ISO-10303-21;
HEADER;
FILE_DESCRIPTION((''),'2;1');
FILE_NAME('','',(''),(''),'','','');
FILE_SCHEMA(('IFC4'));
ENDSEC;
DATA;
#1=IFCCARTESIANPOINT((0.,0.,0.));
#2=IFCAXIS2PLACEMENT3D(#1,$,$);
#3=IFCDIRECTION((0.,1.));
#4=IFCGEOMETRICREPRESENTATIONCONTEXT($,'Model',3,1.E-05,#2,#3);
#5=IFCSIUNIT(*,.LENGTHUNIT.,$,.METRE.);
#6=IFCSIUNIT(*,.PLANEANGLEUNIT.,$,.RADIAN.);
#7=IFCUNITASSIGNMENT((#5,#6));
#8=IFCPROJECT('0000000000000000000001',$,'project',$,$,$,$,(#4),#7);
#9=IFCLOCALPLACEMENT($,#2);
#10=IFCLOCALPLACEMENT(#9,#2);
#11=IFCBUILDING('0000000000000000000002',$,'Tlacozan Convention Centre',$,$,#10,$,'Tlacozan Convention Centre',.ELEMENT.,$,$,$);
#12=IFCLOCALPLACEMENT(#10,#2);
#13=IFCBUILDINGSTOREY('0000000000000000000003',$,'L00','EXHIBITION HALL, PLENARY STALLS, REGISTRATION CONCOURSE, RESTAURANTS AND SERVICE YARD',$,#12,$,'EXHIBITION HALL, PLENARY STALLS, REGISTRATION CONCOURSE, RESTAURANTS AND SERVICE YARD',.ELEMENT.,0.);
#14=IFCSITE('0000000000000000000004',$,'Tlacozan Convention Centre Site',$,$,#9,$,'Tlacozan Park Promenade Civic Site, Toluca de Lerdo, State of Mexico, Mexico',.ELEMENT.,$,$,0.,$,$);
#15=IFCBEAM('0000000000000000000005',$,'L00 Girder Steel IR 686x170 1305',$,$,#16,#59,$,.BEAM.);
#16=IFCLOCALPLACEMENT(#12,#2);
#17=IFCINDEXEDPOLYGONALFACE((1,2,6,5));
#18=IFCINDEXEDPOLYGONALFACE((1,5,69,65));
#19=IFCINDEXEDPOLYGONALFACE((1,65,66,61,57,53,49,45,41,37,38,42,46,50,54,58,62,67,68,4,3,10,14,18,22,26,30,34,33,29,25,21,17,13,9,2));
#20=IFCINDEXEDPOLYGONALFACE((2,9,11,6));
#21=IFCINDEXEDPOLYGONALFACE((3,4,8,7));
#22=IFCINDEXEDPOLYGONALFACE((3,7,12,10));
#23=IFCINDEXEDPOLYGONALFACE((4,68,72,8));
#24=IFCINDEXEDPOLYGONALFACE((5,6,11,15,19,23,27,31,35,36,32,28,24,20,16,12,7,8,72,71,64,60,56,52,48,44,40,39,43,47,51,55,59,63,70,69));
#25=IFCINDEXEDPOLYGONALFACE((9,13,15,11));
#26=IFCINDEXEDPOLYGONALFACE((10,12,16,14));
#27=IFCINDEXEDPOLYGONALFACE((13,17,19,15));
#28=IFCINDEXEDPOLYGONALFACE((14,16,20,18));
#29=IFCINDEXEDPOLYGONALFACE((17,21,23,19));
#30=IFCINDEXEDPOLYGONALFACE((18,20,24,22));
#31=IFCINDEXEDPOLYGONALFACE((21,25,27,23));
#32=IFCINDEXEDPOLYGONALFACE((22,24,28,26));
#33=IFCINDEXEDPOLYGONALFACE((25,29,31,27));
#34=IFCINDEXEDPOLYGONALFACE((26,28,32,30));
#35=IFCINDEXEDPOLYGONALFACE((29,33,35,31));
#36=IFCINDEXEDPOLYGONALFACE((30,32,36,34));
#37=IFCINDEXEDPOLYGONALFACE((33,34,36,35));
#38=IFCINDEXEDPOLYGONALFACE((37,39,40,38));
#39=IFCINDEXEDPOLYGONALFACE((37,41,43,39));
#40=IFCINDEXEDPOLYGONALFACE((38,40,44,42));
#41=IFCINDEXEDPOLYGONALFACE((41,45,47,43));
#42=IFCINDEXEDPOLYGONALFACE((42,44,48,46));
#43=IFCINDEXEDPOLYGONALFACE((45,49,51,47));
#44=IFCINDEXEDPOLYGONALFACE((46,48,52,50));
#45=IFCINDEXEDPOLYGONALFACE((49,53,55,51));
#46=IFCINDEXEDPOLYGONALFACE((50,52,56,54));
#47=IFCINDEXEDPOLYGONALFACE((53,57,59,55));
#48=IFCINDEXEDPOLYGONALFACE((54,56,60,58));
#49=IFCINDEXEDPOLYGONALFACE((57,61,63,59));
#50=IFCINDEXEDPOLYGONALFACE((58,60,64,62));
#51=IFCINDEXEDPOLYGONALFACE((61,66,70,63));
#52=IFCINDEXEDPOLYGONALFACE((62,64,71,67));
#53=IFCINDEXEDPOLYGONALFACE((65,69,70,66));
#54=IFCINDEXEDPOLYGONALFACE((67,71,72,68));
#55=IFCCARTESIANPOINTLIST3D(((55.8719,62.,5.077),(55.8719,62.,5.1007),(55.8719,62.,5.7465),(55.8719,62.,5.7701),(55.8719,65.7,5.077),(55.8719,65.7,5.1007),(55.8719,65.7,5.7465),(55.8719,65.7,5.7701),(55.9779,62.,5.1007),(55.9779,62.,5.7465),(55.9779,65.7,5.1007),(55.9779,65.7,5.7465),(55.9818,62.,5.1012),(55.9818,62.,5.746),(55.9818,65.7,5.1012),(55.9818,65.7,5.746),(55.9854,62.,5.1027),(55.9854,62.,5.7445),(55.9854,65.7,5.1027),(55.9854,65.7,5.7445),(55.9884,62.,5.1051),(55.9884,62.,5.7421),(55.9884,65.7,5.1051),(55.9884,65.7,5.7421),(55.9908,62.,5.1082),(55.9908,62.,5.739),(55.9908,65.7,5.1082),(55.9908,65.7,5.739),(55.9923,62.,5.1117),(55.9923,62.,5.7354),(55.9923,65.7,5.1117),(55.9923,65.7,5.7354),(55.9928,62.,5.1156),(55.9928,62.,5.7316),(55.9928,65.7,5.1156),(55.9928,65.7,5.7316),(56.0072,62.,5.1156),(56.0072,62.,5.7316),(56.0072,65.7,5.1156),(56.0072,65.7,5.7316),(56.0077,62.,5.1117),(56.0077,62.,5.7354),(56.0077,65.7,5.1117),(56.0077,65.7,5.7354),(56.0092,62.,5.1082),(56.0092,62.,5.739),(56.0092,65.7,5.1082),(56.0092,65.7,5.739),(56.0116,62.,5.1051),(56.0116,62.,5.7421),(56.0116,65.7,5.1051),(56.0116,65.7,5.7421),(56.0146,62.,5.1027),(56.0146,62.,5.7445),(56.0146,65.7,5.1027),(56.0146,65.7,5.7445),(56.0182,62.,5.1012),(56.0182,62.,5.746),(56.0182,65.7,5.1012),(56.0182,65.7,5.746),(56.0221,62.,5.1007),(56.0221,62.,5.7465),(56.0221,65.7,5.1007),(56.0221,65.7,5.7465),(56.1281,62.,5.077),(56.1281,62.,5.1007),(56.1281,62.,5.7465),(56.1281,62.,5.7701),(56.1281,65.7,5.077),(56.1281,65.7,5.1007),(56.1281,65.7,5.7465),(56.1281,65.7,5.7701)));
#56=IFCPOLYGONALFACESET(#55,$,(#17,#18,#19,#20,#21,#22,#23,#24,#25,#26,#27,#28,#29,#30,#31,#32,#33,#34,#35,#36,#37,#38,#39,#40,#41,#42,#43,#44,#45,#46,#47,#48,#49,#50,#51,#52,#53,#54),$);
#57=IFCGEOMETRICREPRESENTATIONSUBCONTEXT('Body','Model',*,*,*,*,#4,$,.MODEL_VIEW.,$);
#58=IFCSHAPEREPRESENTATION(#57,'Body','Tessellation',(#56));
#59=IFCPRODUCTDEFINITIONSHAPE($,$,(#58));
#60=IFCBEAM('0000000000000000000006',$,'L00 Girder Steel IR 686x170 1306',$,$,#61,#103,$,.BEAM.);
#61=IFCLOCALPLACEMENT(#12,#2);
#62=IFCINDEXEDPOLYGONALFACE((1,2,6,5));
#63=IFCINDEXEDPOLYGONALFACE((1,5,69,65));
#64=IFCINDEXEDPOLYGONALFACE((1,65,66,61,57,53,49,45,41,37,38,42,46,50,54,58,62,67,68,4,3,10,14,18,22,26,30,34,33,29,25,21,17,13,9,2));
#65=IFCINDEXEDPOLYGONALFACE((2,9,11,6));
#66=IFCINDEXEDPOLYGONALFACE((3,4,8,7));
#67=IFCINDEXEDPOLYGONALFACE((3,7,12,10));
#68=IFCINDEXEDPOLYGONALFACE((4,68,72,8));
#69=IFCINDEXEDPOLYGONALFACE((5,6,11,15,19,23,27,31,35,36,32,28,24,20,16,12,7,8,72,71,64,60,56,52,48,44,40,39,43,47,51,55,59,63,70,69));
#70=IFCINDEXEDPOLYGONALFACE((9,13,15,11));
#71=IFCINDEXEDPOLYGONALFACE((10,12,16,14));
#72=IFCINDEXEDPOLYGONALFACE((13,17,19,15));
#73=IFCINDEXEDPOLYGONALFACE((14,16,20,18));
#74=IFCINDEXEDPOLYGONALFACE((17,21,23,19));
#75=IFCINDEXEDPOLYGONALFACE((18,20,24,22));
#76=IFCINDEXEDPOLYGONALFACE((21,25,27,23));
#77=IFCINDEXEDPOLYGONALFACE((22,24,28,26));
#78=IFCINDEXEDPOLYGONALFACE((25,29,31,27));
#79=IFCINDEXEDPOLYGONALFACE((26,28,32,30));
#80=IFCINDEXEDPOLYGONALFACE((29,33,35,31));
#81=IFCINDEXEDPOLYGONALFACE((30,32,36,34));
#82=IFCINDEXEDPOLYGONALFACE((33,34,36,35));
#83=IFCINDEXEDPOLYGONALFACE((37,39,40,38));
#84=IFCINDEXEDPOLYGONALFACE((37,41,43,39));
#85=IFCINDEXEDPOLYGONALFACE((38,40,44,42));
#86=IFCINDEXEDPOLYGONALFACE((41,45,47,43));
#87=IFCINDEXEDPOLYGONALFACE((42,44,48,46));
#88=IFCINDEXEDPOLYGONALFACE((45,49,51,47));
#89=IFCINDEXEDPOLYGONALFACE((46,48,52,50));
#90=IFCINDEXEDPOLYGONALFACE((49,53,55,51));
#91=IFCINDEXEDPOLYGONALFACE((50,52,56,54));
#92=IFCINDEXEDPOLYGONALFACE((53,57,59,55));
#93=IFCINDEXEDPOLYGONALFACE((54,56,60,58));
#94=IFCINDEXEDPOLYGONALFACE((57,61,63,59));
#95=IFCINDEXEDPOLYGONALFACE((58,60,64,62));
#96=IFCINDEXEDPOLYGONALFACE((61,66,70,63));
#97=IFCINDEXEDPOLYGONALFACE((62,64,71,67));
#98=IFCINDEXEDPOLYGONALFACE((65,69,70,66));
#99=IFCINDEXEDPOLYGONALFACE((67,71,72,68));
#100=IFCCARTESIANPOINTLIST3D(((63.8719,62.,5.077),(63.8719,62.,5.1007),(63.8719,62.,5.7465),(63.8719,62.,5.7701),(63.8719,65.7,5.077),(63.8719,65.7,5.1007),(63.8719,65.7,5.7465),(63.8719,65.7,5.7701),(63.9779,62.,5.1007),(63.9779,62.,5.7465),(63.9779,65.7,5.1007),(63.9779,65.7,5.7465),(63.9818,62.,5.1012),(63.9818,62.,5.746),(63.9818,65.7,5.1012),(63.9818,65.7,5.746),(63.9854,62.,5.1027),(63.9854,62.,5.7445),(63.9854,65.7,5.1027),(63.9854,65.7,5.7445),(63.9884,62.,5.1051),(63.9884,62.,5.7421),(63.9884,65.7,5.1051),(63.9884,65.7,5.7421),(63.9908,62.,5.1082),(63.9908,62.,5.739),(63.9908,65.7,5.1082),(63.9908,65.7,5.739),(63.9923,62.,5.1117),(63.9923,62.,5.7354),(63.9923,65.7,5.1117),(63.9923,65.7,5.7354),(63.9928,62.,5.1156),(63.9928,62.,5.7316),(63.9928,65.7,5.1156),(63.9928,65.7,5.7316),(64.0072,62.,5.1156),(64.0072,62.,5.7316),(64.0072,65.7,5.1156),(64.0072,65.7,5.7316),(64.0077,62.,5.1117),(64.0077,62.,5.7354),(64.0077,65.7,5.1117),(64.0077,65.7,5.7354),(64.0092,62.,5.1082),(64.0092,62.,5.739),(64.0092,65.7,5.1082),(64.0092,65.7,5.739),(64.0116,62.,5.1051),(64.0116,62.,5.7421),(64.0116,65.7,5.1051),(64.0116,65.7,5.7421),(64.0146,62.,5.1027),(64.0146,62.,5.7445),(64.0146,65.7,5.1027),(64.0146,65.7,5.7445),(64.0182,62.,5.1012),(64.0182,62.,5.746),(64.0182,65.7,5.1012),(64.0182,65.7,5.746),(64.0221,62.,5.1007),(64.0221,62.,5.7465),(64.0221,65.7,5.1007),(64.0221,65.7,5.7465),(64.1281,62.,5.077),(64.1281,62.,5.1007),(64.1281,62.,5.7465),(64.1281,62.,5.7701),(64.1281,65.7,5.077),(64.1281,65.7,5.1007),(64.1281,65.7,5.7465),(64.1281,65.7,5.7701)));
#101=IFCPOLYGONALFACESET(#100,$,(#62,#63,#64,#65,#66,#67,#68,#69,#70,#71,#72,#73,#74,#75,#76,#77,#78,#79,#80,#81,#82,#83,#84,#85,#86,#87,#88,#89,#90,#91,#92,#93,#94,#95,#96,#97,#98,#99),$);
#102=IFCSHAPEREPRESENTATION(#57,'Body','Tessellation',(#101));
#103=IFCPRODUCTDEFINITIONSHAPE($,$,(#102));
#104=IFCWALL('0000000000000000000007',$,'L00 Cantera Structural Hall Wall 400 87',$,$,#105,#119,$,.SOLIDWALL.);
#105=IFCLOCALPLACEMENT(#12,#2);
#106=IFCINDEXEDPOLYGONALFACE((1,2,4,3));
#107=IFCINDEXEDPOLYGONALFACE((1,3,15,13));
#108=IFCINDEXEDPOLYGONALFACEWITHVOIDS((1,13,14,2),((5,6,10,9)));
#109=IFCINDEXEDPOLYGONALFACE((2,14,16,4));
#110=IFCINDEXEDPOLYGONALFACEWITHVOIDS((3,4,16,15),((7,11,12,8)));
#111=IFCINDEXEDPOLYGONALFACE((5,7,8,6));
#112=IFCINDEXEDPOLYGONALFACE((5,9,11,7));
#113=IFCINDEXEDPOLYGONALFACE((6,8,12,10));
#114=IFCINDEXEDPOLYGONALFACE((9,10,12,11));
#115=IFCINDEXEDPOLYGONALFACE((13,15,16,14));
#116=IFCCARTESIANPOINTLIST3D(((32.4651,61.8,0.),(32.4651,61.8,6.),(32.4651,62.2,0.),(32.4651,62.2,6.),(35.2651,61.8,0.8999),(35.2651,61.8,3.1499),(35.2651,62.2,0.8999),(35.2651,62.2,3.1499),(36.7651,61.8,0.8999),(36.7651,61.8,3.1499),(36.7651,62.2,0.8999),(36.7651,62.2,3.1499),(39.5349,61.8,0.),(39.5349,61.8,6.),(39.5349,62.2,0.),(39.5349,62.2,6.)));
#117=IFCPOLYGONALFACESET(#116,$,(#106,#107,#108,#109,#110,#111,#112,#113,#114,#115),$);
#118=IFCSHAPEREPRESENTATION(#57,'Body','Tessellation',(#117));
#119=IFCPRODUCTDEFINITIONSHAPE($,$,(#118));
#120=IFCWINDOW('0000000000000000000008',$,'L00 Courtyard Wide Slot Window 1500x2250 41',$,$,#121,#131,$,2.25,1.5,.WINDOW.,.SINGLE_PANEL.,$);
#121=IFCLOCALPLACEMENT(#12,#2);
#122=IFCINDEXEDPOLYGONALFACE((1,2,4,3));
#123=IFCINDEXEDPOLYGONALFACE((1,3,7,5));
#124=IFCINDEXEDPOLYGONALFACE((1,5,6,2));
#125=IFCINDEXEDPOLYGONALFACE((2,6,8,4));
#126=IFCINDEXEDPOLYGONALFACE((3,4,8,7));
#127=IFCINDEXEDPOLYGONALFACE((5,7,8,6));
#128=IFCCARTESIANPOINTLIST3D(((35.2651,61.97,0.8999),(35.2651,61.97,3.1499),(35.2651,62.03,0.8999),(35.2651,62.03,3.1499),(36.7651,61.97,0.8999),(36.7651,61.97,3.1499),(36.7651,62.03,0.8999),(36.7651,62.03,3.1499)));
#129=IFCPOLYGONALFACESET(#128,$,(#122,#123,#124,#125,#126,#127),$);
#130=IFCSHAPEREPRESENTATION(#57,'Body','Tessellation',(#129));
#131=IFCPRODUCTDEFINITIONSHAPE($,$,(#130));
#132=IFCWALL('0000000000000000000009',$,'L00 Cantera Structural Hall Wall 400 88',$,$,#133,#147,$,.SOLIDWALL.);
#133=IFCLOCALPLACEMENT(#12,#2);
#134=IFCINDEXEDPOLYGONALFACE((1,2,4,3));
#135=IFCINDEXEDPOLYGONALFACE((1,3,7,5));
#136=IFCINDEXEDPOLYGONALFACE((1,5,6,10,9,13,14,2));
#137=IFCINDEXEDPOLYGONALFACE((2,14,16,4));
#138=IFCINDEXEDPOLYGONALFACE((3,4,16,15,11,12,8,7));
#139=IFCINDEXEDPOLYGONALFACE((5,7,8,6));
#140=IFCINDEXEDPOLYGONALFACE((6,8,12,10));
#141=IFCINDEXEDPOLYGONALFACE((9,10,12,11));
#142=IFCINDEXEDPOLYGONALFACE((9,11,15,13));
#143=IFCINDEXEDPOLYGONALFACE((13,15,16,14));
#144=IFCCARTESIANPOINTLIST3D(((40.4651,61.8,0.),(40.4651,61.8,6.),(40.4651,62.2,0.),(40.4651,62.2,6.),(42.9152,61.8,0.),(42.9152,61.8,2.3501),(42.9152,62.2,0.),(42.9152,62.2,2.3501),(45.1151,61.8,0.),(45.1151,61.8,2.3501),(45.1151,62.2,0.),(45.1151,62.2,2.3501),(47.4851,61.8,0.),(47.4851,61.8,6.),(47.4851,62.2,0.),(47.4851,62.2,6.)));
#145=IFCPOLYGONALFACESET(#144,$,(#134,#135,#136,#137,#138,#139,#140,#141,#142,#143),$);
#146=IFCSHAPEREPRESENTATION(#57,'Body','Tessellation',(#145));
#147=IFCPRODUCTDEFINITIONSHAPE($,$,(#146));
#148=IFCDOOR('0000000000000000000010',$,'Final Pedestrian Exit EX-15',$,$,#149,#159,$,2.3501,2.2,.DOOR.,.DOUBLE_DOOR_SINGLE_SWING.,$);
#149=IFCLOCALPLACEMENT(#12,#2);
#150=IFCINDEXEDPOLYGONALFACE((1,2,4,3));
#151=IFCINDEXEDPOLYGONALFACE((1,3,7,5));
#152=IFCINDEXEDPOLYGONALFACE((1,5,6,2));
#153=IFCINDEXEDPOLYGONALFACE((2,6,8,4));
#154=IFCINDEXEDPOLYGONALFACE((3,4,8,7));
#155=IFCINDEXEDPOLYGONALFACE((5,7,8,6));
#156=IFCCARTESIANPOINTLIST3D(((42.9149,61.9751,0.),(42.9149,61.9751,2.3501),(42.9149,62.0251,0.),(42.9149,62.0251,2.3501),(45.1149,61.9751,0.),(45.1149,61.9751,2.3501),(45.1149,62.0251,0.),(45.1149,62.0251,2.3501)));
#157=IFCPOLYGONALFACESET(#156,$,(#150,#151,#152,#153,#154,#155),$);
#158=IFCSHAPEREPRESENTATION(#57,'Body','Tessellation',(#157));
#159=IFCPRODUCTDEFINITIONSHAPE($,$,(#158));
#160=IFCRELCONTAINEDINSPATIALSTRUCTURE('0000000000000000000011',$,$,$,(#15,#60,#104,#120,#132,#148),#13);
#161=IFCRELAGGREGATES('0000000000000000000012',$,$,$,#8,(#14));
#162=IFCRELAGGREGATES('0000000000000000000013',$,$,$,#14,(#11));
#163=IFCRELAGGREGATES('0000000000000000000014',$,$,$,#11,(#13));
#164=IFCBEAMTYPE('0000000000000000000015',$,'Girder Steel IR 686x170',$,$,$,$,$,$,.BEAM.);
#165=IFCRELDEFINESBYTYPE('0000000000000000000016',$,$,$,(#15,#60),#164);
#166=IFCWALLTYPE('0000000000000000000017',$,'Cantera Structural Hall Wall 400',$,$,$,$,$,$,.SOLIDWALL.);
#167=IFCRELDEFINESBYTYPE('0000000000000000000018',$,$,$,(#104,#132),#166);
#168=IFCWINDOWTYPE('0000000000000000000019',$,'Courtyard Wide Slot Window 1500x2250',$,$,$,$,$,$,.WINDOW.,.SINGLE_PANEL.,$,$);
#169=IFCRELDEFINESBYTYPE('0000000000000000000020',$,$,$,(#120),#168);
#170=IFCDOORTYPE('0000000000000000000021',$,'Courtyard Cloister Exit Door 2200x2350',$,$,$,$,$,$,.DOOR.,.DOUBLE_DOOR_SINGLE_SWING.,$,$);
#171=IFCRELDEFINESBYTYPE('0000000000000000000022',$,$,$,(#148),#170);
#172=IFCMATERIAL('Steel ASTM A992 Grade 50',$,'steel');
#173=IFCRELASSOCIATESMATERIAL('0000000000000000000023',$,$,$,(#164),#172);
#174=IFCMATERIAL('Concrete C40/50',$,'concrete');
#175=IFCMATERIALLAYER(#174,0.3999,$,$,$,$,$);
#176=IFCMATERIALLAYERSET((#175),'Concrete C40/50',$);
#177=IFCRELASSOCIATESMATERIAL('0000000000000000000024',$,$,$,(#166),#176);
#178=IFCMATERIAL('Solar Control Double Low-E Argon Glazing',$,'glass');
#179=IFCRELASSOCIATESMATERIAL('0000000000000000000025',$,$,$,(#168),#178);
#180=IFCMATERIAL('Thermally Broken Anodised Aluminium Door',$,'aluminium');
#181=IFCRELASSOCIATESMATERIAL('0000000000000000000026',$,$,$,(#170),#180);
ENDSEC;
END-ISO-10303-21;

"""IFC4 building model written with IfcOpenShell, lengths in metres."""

from ifc_helpers import new_model, si_unit, direction, frame, frame_2d, origin, origin_2d, place, context, subcontext, project, spatial, rectangle, i_section, extrude, material, layer, layer_set, material_profile, profile_set, type_object, element, fill, save


model = new_model("IFC4")

# Units and contexts
model_context = context("Model", 3, precision=1e-05, world=origin(), true_north=direction((0.0, 1.0)))
body_context = subcontext(model_context, "Body", "Model", "MODEL_VIEW")
ifc_project = project(units=[si_unit("LENGTHUNIT", "METRE"), si_unit("PLANEANGLEUNIT", "RADIAN")], contexts=[model_context])

# Site, building, storey
site_placement = place(None, origin())
site = spatial("IfcSite", under=ifc_project, at=site_placement, Name="Tlacozan Convention Centre Site", LongName="Tlacozan Park Promenade Civic Site, Toluca de Lerdo, State of Mexico, Mexico", CompositionType="ELEMENT", RefElevation=0.0)
building_placement = place(site_placement, origin())
building = spatial("IfcBuilding", under=site, at=building_placement, Name="Tlacozan Convention Centre", LongName="Tlacozan Convention Centre", CompositionType="ELEMENT")
storey_placement = place(building_placement, origin())
storey = spatial("IfcBuildingStorey", under=building, at=storey_placement, Name="L00", Description="EXHIBITION HALL, PLENARY STALLS, REGISTRATION CONCOURSE, RESTAURANTS AND SERVICE YARD", LongName="EXHIBITION HALL, PLENARY STALLS, REGISTRATION CONCOURSE, RESTAURANTS AND SERVICE YARD", CompositionType="ELEMENT", Elevation=0.0)

# Shared definitions
ifc_material_1 = material(Name="Concrete C40/50", Category="concrete")
ifc_material_2 = material(Name="Steel ASTM A992 Grade 50", Category="steel")

# Beams
ifc_material_profile_1 = material_profile(ifc_material_2, i_section(OverallWidth=0.2561, OverallDepth=0.6931, WebThickness=0.0144, FlangeThickness=0.0237, FilletRadius=0.0149, at=origin_2d()), Name="IR 686x170.0")
ifc_profile_set_1 = profile_set([ifc_material_profile_1], Name="Steel ASTM A992 Grade 50")
beam_type_1 = type_object("IfcBeamType", Name="Girder Steel IR 686x170", PredefinedType="BEAM", material=ifc_profile_set_1)
for number, where, z_axis, x_axis, name in (
    (1, (56.0, 62.0, 5.4236), (0.0, 1.0, 0.0), (-1.0, 0.0, 0.0), "L00 Girder Steel IR 686x170 1305"),
    (2, (64.0, 62.0, 5.4236), (0.0, 1.0, 0.0), (-1.0, 0.0, 0.0), "L00 Girder Steel IR 686x170 1306"),
):
    element("IfcBeam", number, at=place(storey_placement, frame(where, z_axis=z_axis, x_axis=x_axis)), inside=storey, type_object=beam_type_1, Name=name, PredefinedType="BEAM", context=body_context, shape_type="SweptSolid", body=[
        extrude(i_section(OverallWidth=0.2561, OverallDepth=0.6931, WebThickness=0.0144, FlangeThickness=0.0237, FilletRadius=0.0149, at=origin_2d()), origin(), (0.0, 0.0, 1.0), 3.7),
    ])

# Wall, opening, window
ifc_layer_1 = layer(ifc_material_1, 0.3999)
ifc_layer_set_1 = layer_set([ifc_layer_1], Name="Concrete C40/50")
wall_type_1 = type_object("IfcWallType", Name="Cantera Structural Hall Wall 400", PredefinedType="SOLIDWALL", material=ifc_layer_set_1)
wall_1_placement = place(storey_placement, frame((32.4651, 62.0, 0.0), z_axis=(0.0, 0.0, 1.0), x_axis=(1.0, 0.0, 0.0)))
wall_1 = element("IfcWall", 3, at=wall_1_placement, inside=storey, type_object=wall_type_1, Name="L00 Cantera Structural Hall Wall 400 87", PredefinedType="SOLIDWALL", context=body_context, shape_type="SweptSolid", body=[
    extrude(rectangle(XDim=7.0698, YDim=0.3999, at=frame_2d((3.5349, 0.0))), origin(), (0.0, 0.0, 1.0), 6.0),
])
opening_1_placement = place(wall_1_placement, frame((2.8, 0.0, 0.8999)))
opening_1 = element("IfcOpeningElement", 4, at=opening_1_placement, cuts=wall_1, PredefinedType="OPENING", context=body_context, shape_type="SweptSolid", body=[
    extrude(rectangle(XDim=1.5, YDim=2.25, at=frame_2d((0.75, 1.125))), frame((0.0, 0.21, 0.0), z_axis=(0.0, -1.0, 0.0), x_axis=(1.0, 0.0, 0.0)), (0.0, 0.0, 1.0), 0.4199),
])
ifc_material_3 = material(Name="Solar Control Double Low-E Argon Glazing", Category="glass")
window_type_1 = type_object("IfcWindowType", Name="Courtyard Wide Slot Window 1500x2250", PartitioningType="SINGLE_PANEL", PredefinedType="WINDOW", material=ifc_material_3)
window_1_placement = place(opening_1_placement, origin())
window_1 = element("IfcWindow", 5, at=window_1_placement, inside=storey, type_object=window_type_1, Name="L00 Courtyard Wide Slot Window 1500x2250 41", OverallHeight=2.25, OverallWidth=1.5, PartitioningType="SINGLE_PANEL", PredefinedType="WINDOW", context=body_context, shape_type="SweptSolid", body=[
    extrude(rectangle(XDim=1.5, YDim=2.25, at=frame_2d((0.75, 1.125))), frame((0.0, 0.03, 0.0), z_axis=(0.0, -1.0, 0.0), x_axis=(1.0, 0.0, 0.0)), (0.0, 0.0, 1.0), 0.0601),
])
fill(opening_1, window_1)

# Wall, opening, door
wall_2_placement = place(storey_placement, frame((40.4651, 62.0, 0.0), z_axis=(0.0, 0.0, 1.0), x_axis=(1.0, 0.0, 0.0)))
wall_2 = element("IfcWall", 6, at=wall_2_placement, inside=storey, type_object=wall_type_1, Name="L00 Cantera Structural Hall Wall 400 88", PredefinedType="SOLIDWALL", context=body_context, shape_type="SweptSolid", body=[
    extrude(rectangle(XDim=7.02, YDim=0.3999, at=frame_2d((3.51, 0.0))), origin(), (0.0, 0.0, 1.0), 6.0),
])
opening_2_placement = place(wall_2_placement, frame((2.45, 0.0, 0.0)))
opening_2 = element("IfcOpeningElement", 7, at=opening_2_placement, cuts=wall_2, PredefinedType="OPENING", context=body_context, shape_type="SweptSolid", body=[
    extrude(rectangle(XDim=2.2, YDim=2.3501, at=frame_2d((1.1001, 1.175))), frame((0.0, 0.21, 0.0), z_axis=(0.0, -1.0, 0.0), x_axis=(1.0, 0.0, 0.0)), (0.0, 0.0, 1.0), 0.4199),
])
ifc_material_4 = material(Name="Thermally Broken Anodised Aluminium Door", Category="aluminium")
door_type = type_object("IfcDoorType", Name="Courtyard Cloister Exit Door 2200x2350", OperationType="DOUBLE_DOOR_SINGLE_SWING", PredefinedType="DOOR", material=ifc_material_4)
door_placement = place(opening_2_placement, frame((2.2, 0.0, 0.0), z_axis=(0.0, 0.0, 1.0), x_axis=(-1.0, 0.0, 0.0)))
door = element("IfcDoor", 8, at=door_placement, inside=storey, type_object=door_type, Name="Final Pedestrian Exit EX-15", OperationType="DOUBLE_DOOR_SINGLE_SWING", OverallHeight=2.3501, OverallWidth=2.2, PredefinedType="DOOR", context=body_context, shape_type="SweptSolid", body=[
    extrude(rectangle(XDim=2.2, YDim=2.3501, at=frame_2d((1.1001, 1.175))), frame((0.0, 0.0249, 0.0), z_axis=(0.0, -1.0, 0.0), x_axis=(1.0, 0.0, 0.0)), (0.0, 0.0, 1.0), 0.05),
])
fill(opening_2, door)

save(model, "model.ifc")
